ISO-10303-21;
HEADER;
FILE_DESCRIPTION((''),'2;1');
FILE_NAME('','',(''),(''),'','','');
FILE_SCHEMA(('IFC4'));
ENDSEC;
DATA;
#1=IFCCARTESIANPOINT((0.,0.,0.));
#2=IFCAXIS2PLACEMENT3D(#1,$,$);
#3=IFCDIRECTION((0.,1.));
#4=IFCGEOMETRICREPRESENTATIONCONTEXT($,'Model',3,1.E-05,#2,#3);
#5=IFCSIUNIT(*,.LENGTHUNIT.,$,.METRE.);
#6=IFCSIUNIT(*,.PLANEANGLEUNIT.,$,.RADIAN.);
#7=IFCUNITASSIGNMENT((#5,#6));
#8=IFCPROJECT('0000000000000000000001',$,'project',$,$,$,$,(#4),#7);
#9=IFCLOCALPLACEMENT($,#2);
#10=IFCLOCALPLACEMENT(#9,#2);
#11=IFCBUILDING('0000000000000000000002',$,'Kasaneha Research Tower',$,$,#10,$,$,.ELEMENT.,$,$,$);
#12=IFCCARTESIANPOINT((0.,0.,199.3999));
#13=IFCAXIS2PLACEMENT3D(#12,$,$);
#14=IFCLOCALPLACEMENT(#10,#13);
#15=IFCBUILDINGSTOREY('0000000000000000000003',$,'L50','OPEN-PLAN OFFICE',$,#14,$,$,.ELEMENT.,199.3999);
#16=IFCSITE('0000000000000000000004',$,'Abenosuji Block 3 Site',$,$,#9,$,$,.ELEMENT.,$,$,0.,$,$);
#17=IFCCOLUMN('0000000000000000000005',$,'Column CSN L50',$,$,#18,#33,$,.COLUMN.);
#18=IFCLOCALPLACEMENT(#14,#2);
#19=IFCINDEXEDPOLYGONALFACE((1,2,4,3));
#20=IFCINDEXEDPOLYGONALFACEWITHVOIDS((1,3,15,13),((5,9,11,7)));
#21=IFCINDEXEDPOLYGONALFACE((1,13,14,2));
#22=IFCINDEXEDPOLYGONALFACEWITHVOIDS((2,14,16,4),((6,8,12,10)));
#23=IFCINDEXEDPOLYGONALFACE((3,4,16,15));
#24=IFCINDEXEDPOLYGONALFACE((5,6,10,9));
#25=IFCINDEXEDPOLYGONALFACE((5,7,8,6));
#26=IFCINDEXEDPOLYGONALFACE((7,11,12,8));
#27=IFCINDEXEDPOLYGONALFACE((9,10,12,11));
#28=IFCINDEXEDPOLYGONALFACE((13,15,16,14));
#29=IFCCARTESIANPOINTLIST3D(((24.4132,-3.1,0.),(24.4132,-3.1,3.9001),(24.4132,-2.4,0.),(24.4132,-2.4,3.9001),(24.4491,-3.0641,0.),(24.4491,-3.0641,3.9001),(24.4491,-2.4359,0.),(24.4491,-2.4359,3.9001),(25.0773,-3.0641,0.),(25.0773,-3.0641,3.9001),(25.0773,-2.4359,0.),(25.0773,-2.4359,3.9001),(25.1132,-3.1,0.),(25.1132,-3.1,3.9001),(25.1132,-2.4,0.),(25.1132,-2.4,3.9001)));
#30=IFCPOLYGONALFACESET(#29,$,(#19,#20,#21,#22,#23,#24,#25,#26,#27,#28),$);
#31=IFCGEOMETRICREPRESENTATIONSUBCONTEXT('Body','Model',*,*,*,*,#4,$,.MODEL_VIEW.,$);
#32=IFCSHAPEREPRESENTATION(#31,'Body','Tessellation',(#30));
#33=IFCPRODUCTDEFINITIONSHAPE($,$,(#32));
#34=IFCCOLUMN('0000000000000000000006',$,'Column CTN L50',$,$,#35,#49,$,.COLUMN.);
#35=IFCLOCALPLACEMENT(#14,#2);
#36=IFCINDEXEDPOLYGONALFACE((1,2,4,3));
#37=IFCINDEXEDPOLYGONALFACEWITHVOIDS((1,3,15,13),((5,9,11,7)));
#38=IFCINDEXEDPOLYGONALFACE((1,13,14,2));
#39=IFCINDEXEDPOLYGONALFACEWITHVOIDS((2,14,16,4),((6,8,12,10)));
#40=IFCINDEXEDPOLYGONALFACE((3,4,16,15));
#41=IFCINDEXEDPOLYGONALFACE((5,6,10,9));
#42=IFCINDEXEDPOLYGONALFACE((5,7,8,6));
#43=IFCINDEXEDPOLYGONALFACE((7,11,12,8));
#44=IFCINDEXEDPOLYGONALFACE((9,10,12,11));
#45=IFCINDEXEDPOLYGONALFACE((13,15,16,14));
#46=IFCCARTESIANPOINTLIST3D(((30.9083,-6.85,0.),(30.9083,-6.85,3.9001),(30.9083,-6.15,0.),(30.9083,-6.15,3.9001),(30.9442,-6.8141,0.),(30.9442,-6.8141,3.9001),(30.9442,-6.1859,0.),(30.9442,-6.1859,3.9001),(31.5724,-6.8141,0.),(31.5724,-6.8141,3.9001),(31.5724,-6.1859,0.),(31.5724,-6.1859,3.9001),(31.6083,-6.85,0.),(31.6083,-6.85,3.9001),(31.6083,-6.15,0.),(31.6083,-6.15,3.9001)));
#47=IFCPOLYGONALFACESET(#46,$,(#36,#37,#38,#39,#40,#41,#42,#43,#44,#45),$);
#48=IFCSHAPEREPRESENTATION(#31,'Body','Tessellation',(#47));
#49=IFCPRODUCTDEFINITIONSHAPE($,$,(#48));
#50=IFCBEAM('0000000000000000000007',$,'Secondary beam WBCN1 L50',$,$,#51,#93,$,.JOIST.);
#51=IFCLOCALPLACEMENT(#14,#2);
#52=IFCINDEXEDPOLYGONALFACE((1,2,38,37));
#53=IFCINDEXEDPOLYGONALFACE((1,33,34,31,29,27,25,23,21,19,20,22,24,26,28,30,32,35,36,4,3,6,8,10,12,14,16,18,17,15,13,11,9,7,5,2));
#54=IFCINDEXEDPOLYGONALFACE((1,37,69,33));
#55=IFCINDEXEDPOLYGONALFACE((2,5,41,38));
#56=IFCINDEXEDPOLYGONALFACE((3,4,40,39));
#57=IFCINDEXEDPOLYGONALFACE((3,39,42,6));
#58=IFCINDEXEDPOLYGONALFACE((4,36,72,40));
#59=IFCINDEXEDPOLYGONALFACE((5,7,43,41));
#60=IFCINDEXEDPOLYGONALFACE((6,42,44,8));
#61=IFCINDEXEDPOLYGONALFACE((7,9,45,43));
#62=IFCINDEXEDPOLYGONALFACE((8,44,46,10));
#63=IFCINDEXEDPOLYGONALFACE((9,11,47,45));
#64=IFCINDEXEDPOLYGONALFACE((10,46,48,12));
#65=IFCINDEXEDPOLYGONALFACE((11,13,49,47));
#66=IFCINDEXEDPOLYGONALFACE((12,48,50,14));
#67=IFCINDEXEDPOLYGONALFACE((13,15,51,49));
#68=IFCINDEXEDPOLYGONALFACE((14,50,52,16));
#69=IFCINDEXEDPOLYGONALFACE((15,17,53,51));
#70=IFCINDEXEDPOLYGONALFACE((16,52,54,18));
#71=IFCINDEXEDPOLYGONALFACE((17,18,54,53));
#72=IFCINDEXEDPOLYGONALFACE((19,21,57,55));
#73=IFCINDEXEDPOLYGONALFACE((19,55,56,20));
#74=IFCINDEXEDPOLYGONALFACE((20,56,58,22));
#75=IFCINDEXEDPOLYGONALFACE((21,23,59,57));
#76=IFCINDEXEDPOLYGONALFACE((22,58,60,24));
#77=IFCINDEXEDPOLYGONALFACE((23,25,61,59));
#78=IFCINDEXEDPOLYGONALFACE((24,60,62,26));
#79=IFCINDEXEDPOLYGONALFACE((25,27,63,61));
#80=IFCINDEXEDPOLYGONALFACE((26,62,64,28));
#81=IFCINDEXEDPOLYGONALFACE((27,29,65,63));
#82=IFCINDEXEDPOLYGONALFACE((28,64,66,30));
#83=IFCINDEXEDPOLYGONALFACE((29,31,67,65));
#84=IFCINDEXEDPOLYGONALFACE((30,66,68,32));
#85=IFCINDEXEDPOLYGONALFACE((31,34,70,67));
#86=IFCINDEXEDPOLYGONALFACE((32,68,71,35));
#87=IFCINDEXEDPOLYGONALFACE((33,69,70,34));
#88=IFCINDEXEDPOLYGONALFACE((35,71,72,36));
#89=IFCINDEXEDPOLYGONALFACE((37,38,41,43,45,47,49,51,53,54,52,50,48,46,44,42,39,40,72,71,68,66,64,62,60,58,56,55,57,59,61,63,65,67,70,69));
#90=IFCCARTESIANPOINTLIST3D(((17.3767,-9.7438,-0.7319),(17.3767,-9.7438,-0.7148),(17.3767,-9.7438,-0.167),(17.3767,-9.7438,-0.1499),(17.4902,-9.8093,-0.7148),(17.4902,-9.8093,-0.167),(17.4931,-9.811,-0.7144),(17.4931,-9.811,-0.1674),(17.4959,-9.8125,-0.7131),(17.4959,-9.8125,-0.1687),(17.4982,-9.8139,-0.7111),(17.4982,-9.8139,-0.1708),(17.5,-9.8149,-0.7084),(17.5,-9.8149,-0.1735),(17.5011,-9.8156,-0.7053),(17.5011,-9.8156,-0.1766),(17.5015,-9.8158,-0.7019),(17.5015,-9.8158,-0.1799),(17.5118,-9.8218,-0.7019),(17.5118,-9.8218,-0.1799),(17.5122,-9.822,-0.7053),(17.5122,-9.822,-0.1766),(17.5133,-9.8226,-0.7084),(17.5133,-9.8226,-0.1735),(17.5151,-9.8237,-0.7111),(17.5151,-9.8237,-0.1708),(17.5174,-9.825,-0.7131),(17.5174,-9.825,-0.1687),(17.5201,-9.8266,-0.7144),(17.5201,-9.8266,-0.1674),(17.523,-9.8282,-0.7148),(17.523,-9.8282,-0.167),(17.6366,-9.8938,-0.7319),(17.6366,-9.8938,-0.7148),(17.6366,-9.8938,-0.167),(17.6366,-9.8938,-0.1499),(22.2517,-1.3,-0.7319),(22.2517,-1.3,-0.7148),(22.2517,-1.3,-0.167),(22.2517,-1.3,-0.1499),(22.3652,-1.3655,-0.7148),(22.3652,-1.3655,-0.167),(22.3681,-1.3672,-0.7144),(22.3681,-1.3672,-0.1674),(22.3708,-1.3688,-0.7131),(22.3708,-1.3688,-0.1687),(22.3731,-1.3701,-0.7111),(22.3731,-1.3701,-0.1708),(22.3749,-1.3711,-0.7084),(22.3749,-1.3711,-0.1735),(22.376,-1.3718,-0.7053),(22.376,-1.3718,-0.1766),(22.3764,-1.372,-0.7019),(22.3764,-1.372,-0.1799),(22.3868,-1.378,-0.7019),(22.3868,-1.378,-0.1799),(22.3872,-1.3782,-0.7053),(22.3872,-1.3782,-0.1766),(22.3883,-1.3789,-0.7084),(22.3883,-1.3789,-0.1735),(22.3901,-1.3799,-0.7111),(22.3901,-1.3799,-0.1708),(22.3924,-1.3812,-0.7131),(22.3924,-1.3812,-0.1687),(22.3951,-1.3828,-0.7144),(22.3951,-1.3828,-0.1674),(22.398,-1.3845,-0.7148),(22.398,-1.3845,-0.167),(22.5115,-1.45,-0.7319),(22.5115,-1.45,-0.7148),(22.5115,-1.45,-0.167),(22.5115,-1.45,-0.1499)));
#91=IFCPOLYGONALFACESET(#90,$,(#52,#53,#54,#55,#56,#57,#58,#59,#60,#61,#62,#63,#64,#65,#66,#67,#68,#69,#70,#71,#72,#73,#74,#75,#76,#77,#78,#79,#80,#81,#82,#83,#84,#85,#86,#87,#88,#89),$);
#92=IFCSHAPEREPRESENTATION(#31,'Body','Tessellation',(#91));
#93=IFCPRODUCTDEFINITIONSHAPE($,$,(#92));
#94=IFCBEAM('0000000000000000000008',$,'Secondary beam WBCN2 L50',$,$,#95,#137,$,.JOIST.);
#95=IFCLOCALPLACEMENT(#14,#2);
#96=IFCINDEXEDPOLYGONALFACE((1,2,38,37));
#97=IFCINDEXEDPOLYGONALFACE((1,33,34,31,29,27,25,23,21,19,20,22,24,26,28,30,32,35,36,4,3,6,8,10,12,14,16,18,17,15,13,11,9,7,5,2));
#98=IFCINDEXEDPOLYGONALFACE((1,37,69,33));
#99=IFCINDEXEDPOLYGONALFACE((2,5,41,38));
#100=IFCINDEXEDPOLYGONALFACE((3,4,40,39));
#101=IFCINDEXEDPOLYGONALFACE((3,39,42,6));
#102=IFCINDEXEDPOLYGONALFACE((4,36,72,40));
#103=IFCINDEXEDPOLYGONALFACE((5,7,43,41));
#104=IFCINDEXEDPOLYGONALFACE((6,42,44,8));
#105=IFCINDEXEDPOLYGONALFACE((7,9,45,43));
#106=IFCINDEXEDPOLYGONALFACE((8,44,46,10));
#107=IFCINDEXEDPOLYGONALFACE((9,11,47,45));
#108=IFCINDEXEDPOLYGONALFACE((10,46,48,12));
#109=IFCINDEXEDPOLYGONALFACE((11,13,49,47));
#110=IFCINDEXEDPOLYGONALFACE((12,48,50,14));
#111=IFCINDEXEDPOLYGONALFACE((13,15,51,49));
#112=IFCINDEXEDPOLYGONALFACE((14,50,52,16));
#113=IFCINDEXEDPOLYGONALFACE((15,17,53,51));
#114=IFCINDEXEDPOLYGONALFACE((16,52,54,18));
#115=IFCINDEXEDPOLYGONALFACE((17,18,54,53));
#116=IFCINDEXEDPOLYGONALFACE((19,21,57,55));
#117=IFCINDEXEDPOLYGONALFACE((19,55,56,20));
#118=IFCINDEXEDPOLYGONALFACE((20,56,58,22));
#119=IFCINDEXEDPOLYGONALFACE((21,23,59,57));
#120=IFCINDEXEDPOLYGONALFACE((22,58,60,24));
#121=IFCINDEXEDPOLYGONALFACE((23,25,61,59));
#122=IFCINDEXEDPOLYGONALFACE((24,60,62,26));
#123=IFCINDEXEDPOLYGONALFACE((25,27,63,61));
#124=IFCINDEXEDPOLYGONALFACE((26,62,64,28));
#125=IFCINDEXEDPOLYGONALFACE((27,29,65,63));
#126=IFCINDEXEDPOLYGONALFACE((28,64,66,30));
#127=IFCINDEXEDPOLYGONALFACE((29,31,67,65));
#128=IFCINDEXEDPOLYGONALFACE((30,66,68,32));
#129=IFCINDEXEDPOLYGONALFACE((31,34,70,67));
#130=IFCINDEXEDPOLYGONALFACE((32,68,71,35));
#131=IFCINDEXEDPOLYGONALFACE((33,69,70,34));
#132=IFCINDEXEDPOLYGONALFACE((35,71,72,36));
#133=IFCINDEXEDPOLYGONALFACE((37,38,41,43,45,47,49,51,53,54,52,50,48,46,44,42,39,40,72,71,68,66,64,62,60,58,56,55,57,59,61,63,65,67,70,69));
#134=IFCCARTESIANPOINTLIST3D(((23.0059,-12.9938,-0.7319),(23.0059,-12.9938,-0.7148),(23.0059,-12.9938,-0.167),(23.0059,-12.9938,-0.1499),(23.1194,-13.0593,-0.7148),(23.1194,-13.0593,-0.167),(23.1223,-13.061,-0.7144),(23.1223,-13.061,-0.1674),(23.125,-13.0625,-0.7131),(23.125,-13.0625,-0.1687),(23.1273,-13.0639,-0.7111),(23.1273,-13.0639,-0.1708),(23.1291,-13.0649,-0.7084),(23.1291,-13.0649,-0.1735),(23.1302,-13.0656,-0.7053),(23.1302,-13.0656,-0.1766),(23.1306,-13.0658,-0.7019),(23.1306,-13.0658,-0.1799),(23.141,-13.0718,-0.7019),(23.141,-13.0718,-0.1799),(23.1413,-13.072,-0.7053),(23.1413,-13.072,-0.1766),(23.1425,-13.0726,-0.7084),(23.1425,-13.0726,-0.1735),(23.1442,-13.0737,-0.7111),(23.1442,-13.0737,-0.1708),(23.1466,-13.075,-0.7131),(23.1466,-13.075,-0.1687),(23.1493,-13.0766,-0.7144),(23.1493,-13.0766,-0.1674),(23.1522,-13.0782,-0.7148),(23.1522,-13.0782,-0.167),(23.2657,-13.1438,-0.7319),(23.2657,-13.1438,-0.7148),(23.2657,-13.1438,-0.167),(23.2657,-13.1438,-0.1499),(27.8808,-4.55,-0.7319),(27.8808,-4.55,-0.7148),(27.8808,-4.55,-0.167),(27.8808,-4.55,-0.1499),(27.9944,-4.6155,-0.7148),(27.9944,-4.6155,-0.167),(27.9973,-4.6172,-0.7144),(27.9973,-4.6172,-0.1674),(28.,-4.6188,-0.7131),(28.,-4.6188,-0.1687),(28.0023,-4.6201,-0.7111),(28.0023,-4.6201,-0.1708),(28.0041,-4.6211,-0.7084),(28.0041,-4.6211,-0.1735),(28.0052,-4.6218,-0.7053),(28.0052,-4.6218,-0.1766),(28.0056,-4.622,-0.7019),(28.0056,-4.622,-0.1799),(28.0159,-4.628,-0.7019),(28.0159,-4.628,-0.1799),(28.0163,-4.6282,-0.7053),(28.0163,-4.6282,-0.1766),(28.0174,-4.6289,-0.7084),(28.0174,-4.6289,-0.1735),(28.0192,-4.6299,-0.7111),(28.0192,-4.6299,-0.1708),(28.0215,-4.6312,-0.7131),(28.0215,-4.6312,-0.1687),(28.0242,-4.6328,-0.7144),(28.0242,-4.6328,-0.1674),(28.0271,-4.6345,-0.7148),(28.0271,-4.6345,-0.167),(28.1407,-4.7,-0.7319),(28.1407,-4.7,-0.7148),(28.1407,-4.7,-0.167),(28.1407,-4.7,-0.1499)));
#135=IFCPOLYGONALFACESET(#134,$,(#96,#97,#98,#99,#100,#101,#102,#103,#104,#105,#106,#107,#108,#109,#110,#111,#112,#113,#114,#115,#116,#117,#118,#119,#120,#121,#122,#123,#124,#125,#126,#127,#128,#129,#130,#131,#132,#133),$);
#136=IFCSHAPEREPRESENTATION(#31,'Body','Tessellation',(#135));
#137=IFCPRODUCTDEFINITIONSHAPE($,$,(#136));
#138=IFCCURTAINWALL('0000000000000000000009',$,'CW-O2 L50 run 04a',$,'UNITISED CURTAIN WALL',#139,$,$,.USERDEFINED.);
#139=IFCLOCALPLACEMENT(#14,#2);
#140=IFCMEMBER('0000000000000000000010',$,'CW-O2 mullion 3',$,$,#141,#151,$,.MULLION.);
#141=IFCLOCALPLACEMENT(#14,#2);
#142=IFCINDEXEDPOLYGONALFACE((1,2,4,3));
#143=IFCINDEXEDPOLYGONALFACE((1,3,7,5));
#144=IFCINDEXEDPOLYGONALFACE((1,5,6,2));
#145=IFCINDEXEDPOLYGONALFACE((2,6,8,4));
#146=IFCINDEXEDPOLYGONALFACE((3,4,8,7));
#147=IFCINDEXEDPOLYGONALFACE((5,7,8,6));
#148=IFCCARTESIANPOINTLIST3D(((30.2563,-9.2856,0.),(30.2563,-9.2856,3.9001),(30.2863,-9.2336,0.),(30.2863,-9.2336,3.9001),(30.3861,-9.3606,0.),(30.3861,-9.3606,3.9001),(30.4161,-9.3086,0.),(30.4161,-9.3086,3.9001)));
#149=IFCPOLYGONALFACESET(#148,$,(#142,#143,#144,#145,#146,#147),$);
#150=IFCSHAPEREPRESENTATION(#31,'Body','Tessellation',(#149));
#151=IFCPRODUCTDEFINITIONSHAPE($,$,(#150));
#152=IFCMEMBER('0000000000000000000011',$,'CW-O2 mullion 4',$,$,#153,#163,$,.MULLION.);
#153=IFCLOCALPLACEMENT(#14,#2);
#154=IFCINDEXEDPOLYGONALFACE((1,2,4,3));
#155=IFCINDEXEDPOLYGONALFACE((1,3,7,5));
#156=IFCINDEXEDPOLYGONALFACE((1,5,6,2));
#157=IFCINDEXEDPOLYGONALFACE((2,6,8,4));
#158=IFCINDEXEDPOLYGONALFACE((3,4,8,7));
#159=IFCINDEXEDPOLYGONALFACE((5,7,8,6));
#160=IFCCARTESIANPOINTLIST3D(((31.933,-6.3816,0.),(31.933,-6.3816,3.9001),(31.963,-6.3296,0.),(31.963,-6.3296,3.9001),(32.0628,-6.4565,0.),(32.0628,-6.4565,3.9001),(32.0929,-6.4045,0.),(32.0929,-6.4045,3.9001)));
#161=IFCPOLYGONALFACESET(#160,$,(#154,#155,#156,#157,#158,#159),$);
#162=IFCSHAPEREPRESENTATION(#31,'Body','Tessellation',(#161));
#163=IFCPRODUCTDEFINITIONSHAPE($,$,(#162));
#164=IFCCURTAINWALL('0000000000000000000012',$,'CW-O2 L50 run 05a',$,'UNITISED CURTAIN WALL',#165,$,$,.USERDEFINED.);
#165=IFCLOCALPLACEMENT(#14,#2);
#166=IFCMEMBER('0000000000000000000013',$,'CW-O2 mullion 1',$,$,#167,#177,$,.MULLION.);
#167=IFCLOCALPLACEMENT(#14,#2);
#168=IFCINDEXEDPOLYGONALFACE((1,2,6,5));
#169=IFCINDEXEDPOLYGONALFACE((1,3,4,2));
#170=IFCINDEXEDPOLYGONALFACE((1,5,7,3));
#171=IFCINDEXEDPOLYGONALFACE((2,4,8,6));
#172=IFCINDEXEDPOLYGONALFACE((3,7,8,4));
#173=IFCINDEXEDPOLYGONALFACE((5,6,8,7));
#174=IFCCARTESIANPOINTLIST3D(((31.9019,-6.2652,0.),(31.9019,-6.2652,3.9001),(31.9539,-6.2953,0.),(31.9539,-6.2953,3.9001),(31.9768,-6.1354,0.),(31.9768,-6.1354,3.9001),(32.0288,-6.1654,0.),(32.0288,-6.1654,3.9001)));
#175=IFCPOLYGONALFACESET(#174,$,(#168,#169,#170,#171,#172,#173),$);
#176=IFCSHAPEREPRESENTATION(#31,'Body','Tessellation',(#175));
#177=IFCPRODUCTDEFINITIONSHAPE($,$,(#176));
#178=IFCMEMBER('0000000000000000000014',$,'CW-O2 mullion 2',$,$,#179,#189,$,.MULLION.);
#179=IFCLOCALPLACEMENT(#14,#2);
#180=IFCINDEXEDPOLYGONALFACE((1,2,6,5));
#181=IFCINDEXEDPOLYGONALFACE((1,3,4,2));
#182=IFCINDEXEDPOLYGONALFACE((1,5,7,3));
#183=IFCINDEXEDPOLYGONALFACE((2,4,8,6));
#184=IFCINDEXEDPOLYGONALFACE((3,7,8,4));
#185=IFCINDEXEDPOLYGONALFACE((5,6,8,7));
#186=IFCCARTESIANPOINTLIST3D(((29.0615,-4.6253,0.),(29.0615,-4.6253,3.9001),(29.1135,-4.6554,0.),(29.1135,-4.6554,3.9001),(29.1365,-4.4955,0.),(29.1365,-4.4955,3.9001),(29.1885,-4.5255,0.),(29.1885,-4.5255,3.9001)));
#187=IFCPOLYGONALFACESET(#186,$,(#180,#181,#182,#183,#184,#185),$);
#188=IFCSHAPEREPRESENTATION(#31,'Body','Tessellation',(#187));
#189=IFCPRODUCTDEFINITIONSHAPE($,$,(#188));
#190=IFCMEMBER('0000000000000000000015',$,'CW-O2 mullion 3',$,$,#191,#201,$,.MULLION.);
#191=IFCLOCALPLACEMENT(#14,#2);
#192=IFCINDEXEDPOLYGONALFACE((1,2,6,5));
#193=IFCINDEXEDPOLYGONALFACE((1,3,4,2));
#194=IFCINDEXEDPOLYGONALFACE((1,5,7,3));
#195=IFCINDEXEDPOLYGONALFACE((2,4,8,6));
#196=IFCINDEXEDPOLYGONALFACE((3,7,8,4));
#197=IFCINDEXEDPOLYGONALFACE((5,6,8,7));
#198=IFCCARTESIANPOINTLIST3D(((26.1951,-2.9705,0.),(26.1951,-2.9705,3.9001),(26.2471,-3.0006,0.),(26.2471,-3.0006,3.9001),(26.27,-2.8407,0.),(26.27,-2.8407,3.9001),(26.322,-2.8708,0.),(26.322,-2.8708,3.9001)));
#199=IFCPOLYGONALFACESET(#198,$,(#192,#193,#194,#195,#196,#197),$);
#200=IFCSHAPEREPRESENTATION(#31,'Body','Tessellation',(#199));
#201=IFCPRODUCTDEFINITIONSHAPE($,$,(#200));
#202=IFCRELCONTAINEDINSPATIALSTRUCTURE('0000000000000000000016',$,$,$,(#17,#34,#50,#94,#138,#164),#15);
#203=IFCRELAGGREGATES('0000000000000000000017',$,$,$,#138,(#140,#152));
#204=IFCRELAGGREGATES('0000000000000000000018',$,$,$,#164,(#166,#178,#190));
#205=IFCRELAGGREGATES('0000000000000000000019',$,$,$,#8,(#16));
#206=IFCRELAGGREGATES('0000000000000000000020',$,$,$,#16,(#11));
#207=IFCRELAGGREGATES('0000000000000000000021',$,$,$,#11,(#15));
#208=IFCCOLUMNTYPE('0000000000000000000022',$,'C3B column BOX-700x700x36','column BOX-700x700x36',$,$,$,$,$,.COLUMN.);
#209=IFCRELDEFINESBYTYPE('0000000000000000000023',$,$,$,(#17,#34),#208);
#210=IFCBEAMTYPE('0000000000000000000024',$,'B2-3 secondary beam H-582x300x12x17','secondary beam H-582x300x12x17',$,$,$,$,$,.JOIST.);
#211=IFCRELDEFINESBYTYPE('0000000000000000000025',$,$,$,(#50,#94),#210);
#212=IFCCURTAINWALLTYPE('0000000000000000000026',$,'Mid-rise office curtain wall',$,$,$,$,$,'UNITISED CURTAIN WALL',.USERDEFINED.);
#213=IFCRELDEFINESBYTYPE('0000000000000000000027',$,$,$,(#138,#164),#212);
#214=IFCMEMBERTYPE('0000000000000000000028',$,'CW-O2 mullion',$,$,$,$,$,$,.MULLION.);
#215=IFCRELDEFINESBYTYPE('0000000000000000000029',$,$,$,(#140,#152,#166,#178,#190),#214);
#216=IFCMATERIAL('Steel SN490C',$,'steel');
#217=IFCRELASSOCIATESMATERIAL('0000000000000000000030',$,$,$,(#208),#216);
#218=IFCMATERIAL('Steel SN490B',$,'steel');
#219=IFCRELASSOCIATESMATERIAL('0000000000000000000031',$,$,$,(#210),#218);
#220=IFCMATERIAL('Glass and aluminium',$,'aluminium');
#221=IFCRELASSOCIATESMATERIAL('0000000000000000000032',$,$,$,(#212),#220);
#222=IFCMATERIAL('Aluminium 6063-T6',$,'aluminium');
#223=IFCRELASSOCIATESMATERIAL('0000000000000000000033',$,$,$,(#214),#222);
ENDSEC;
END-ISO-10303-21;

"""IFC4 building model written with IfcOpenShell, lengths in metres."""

from ifc_helpers import new_model, si_unit, direction, frame, origin, origin_2d, place, context, subcontext, project, spatial, rectangle, hollow_rectangle, i_section, extrude, material, material_profile, profile_set, type_object, element, aggregate, save


model = new_model("IFC4")

# Units and contexts
model_context = context("Model", 3, precision=1e-05, world=origin(), true_north=direction((0.0, 1.0)))
body_context = subcontext(model_context, "Body", "Model", "MODEL_VIEW")
ifc_project = project(units=[si_unit("LENGTHUNIT", "METRE"), si_unit("PLANEANGLEUNIT", "RADIAN")], contexts=[model_context])

# Site, building, storey
site_placement = place(None, origin())
site = spatial("IfcSite", under=ifc_project, at=site_placement, Name="Abenosuji Block 3 Site", CompositionType="ELEMENT", RefElevation=0.0)
building_placement = place(site_placement, origin())
building = spatial("IfcBuilding", under=site, at=building_placement, Name="Kasaneha Research Tower", CompositionType="ELEMENT")
storey_placement = place(building_placement, frame((0.0, 0.0, 199.3999)))
storey = spatial("IfcBuildingStorey", under=building, at=storey_placement, Name="L50", Description="OPEN-PLAN OFFICE", CompositionType="ELEMENT", Elevation=199.3999)

# Columns
ifc_material_1 = material(Name="Steel SN490C", Category="steel")
ifc_material_profile_1 = material_profile(ifc_material_1, hollow_rectangle(XDim=0.7, YDim=0.7, WallThickness=0.0359, at=origin_2d()), Name="BOX-700x700x36")
ifc_profile_set_1 = profile_set([ifc_material_profile_1], Name="Steel SN490C")
column_type = type_object("IfcColumnType", Name="C3B column BOX-700x700x36", Description="column BOX-700x700x36", PredefinedType="COLUMN", material=ifc_profile_set_1)
for number, where, z_axis, x_axis, name in (
    (1, (24.7632, -2.75, 0.0), (0.0, 0.0, 1.0), (1.0, 0.0, 0.0), "Column CSN L50"),
    (2, (31.2583, -6.5, 0.0), (0.0, 0.0, 1.0), (1.0, 0.0, 0.0), "Column CTN L50"),
):
    element("IfcColumn", number, at=place(storey_placement, frame(where, z_axis=z_axis, x_axis=x_axis)), inside=storey, type_object=column_type, Name=name, PredefinedType="COLUMN", context=body_context, shape_type="SweptSolid", body=[
        extrude(hollow_rectangle(XDim=0.7, YDim=0.7, WallThickness=0.0359, at=origin_2d()), origin(), (0.0, 0.0, 1.0), 3.9001),
    ])

# Beams
ifc_material_2 = material(Name="Steel SN490B", Category="steel")
ifc_material_profile_2 = material_profile(ifc_material_2, i_section(OverallWidth=0.3, OverallDepth=0.582, WebThickness=0.012, FlangeThickness=0.0171, FilletRadius=0.0129, at=origin_2d()), Name="H-582x300x12x17")
ifc_profile_set_2 = profile_set([ifc_material_profile_2], Name="Steel SN490B")
beam_type_1 = type_object("IfcBeamType", Name="B2-3 secondary beam H-582x300x12x17", Description="secondary beam H-582x300x12x17", PredefinedType="JOIST", material=ifc_profile_set_2)
for number, where, z_axis, x_axis, name in (
    (3, (22.3816, -1.375, -0.4409), (-0.499996, -0.866028, 0.0), (0.866028, -0.499996, 0.0), "Secondary beam WBCN1 L50"),
    (4, (28.0107, -4.625, -0.4409), (-0.499996, -0.866028, 0.0), (0.866028, -0.499996, 0.0), "Secondary beam WBCN2 L50"),
):
    element("IfcBeam", number, at=place(storey_placement, frame(where, z_axis=z_axis, x_axis=x_axis)), inside=storey, type_object=beam_type_1, Name=name, PredefinedType="JOIST", context=body_context, shape_type="SweptSolid", body=[
        extrude(i_section(OverallWidth=0.3, OverallDepth=0.582, WebThickness=0.012, FlangeThickness=0.0171, FilletRadius=0.0129, at=origin_2d()), origin(), (0.0, 0.0, 1.0), 9.75),
    ])

# Curtain walls, members
ifc_material_3 = material(Name="Glass and aluminium", Category="aluminium")
curtain_wall_type = type_object("IfcCurtainWallType", Name="Mid-rise office curtain wall", ElementType="UNITISED CURTAIN WALL", PredefinedType="USERDEFINED", material=ifc_material_3)
curtain_wall_1_placement = place(storey_placement, origin())
curtain_wall_1 = element("IfcCurtainWall", 5, at=curtain_wall_1_placement, inside=storey, type_object=curtain_wall_type, Name="CW-O2 L50 run 04a", ObjectType="UNITISED CURTAIN WALL", PredefinedType="USERDEFINED")
ifc_material_4 = material(Name="Aluminium 6063-T6", Category="aluminium")
ifc_material_profile_3 = material_profile(ifc_material_4, rectangle(XDim=0.0601, YDim=0.1499, at=origin_2d()), Name="CW-O2 mullion 60x150")
ifc_profile_set_3 = profile_set([ifc_material_profile_3], Name="Aluminium 6063-T6")
member_type_1 = type_object("IfcMemberType", Name="CW-O2 mullion", PredefinedType="MULLION", material=ifc_profile_set_3)
member_1_placement = place(storey_placement, frame((30.3362, -9.2971, 0.0), z_axis=(0.0, 0.0, 1.0), x_axis=(0.5, 0.866025, 0.0)))
member_1 = element("IfcMember", 6, at=member_1_placement, type_object=member_type_1, Name="CW-O2 mullion 3", PredefinedType="MULLION", context=body_context, shape_type="SweptSolid", body=[
    extrude(rectangle(XDim=0.0601, YDim=0.1499, at=origin_2d()), origin(), (0.0, 0.0, 1.0), 3.9001),
])
member_2_placement = place(storey_placement, frame((32.0129, -6.3931, 0.0), z_axis=(0.0, 0.0, 1.0), x_axis=(0.5, 0.866025, 0.0)))
member_2 = element("IfcMember", 7, at=member_2_placement, type_object=member_type_1, Name="CW-O2 mullion 4", PredefinedType="MULLION", context=body_context, shape_type="SweptSolid", body=[
    extrude(rectangle(XDim=0.0601, YDim=0.1499, at=origin_2d()), origin(), (0.0, 0.0, 1.0), 3.9001),
])
curtain_wall_2_placement = place(storey_placement, origin())
curtain_wall_2 = element("IfcCurtainWall", 8, at=curtain_wall_2_placement, inside=storey, type_object=curtain_wall_type, Name="CW-O2 L50 run 05a", ObjectType="UNITISED CURTAIN WALL", PredefinedType="USERDEFINED")
member_3_placement = place(storey_placement, frame((31.9653, -6.2153, 0.0), z_axis=(0.0, 0.0, 1.0), x_axis=(-0.866025, 0.5, 0.0)))
member_3 = element("IfcMember", 9, at=member_3_placement, type_object=member_type_1, Name="CW-O2 mullion 1", PredefinedType="MULLION", context=body_context, shape_type="SweptSolid", body=[
    extrude(rectangle(XDim=0.0601, YDim=0.1499, at=origin_2d()), origin(), (0.0, 0.0, 1.0), 3.9001),
])
member_4_placement = place(storey_placement, frame((29.125, -4.5754, 0.0), z_axis=(0.0, 0.0, 1.0), x_axis=(-0.866025, 0.5, 0.0)))
member_4 = element("IfcMember", 10, at=member_4_placement, type_object=member_type_1, Name="CW-O2 mullion 2", PredefinedType="MULLION", context=body_context, shape_type="SweptSolid", body=[
    extrude(rectangle(XDim=0.0601, YDim=0.1499, at=origin_2d()), origin(), (0.0, 0.0, 1.0), 3.9001),
])
member_5_placement = place(storey_placement, frame((26.2585, -2.9207, 0.0), z_axis=(0.0, 0.0, 1.0), x_axis=(-0.866025, 0.5, 0.0)))
member_5 = element("IfcMember", 11, at=member_5_placement, type_object=member_type_1, Name="CW-O2 mullion 3", PredefinedType="MULLION", context=body_context, shape_type="SweptSolid", body=[
    extrude(rectangle(XDim=0.0601, YDim=0.1499, at=origin_2d()), origin(), (0.0, 0.0, 1.0), 3.9001),
])

aggregate(curtain_wall_1, [member_1, member_2])
aggregate(curtain_wall_2, [member_3, member_4, member_5])

save(model, "model.ifc")
